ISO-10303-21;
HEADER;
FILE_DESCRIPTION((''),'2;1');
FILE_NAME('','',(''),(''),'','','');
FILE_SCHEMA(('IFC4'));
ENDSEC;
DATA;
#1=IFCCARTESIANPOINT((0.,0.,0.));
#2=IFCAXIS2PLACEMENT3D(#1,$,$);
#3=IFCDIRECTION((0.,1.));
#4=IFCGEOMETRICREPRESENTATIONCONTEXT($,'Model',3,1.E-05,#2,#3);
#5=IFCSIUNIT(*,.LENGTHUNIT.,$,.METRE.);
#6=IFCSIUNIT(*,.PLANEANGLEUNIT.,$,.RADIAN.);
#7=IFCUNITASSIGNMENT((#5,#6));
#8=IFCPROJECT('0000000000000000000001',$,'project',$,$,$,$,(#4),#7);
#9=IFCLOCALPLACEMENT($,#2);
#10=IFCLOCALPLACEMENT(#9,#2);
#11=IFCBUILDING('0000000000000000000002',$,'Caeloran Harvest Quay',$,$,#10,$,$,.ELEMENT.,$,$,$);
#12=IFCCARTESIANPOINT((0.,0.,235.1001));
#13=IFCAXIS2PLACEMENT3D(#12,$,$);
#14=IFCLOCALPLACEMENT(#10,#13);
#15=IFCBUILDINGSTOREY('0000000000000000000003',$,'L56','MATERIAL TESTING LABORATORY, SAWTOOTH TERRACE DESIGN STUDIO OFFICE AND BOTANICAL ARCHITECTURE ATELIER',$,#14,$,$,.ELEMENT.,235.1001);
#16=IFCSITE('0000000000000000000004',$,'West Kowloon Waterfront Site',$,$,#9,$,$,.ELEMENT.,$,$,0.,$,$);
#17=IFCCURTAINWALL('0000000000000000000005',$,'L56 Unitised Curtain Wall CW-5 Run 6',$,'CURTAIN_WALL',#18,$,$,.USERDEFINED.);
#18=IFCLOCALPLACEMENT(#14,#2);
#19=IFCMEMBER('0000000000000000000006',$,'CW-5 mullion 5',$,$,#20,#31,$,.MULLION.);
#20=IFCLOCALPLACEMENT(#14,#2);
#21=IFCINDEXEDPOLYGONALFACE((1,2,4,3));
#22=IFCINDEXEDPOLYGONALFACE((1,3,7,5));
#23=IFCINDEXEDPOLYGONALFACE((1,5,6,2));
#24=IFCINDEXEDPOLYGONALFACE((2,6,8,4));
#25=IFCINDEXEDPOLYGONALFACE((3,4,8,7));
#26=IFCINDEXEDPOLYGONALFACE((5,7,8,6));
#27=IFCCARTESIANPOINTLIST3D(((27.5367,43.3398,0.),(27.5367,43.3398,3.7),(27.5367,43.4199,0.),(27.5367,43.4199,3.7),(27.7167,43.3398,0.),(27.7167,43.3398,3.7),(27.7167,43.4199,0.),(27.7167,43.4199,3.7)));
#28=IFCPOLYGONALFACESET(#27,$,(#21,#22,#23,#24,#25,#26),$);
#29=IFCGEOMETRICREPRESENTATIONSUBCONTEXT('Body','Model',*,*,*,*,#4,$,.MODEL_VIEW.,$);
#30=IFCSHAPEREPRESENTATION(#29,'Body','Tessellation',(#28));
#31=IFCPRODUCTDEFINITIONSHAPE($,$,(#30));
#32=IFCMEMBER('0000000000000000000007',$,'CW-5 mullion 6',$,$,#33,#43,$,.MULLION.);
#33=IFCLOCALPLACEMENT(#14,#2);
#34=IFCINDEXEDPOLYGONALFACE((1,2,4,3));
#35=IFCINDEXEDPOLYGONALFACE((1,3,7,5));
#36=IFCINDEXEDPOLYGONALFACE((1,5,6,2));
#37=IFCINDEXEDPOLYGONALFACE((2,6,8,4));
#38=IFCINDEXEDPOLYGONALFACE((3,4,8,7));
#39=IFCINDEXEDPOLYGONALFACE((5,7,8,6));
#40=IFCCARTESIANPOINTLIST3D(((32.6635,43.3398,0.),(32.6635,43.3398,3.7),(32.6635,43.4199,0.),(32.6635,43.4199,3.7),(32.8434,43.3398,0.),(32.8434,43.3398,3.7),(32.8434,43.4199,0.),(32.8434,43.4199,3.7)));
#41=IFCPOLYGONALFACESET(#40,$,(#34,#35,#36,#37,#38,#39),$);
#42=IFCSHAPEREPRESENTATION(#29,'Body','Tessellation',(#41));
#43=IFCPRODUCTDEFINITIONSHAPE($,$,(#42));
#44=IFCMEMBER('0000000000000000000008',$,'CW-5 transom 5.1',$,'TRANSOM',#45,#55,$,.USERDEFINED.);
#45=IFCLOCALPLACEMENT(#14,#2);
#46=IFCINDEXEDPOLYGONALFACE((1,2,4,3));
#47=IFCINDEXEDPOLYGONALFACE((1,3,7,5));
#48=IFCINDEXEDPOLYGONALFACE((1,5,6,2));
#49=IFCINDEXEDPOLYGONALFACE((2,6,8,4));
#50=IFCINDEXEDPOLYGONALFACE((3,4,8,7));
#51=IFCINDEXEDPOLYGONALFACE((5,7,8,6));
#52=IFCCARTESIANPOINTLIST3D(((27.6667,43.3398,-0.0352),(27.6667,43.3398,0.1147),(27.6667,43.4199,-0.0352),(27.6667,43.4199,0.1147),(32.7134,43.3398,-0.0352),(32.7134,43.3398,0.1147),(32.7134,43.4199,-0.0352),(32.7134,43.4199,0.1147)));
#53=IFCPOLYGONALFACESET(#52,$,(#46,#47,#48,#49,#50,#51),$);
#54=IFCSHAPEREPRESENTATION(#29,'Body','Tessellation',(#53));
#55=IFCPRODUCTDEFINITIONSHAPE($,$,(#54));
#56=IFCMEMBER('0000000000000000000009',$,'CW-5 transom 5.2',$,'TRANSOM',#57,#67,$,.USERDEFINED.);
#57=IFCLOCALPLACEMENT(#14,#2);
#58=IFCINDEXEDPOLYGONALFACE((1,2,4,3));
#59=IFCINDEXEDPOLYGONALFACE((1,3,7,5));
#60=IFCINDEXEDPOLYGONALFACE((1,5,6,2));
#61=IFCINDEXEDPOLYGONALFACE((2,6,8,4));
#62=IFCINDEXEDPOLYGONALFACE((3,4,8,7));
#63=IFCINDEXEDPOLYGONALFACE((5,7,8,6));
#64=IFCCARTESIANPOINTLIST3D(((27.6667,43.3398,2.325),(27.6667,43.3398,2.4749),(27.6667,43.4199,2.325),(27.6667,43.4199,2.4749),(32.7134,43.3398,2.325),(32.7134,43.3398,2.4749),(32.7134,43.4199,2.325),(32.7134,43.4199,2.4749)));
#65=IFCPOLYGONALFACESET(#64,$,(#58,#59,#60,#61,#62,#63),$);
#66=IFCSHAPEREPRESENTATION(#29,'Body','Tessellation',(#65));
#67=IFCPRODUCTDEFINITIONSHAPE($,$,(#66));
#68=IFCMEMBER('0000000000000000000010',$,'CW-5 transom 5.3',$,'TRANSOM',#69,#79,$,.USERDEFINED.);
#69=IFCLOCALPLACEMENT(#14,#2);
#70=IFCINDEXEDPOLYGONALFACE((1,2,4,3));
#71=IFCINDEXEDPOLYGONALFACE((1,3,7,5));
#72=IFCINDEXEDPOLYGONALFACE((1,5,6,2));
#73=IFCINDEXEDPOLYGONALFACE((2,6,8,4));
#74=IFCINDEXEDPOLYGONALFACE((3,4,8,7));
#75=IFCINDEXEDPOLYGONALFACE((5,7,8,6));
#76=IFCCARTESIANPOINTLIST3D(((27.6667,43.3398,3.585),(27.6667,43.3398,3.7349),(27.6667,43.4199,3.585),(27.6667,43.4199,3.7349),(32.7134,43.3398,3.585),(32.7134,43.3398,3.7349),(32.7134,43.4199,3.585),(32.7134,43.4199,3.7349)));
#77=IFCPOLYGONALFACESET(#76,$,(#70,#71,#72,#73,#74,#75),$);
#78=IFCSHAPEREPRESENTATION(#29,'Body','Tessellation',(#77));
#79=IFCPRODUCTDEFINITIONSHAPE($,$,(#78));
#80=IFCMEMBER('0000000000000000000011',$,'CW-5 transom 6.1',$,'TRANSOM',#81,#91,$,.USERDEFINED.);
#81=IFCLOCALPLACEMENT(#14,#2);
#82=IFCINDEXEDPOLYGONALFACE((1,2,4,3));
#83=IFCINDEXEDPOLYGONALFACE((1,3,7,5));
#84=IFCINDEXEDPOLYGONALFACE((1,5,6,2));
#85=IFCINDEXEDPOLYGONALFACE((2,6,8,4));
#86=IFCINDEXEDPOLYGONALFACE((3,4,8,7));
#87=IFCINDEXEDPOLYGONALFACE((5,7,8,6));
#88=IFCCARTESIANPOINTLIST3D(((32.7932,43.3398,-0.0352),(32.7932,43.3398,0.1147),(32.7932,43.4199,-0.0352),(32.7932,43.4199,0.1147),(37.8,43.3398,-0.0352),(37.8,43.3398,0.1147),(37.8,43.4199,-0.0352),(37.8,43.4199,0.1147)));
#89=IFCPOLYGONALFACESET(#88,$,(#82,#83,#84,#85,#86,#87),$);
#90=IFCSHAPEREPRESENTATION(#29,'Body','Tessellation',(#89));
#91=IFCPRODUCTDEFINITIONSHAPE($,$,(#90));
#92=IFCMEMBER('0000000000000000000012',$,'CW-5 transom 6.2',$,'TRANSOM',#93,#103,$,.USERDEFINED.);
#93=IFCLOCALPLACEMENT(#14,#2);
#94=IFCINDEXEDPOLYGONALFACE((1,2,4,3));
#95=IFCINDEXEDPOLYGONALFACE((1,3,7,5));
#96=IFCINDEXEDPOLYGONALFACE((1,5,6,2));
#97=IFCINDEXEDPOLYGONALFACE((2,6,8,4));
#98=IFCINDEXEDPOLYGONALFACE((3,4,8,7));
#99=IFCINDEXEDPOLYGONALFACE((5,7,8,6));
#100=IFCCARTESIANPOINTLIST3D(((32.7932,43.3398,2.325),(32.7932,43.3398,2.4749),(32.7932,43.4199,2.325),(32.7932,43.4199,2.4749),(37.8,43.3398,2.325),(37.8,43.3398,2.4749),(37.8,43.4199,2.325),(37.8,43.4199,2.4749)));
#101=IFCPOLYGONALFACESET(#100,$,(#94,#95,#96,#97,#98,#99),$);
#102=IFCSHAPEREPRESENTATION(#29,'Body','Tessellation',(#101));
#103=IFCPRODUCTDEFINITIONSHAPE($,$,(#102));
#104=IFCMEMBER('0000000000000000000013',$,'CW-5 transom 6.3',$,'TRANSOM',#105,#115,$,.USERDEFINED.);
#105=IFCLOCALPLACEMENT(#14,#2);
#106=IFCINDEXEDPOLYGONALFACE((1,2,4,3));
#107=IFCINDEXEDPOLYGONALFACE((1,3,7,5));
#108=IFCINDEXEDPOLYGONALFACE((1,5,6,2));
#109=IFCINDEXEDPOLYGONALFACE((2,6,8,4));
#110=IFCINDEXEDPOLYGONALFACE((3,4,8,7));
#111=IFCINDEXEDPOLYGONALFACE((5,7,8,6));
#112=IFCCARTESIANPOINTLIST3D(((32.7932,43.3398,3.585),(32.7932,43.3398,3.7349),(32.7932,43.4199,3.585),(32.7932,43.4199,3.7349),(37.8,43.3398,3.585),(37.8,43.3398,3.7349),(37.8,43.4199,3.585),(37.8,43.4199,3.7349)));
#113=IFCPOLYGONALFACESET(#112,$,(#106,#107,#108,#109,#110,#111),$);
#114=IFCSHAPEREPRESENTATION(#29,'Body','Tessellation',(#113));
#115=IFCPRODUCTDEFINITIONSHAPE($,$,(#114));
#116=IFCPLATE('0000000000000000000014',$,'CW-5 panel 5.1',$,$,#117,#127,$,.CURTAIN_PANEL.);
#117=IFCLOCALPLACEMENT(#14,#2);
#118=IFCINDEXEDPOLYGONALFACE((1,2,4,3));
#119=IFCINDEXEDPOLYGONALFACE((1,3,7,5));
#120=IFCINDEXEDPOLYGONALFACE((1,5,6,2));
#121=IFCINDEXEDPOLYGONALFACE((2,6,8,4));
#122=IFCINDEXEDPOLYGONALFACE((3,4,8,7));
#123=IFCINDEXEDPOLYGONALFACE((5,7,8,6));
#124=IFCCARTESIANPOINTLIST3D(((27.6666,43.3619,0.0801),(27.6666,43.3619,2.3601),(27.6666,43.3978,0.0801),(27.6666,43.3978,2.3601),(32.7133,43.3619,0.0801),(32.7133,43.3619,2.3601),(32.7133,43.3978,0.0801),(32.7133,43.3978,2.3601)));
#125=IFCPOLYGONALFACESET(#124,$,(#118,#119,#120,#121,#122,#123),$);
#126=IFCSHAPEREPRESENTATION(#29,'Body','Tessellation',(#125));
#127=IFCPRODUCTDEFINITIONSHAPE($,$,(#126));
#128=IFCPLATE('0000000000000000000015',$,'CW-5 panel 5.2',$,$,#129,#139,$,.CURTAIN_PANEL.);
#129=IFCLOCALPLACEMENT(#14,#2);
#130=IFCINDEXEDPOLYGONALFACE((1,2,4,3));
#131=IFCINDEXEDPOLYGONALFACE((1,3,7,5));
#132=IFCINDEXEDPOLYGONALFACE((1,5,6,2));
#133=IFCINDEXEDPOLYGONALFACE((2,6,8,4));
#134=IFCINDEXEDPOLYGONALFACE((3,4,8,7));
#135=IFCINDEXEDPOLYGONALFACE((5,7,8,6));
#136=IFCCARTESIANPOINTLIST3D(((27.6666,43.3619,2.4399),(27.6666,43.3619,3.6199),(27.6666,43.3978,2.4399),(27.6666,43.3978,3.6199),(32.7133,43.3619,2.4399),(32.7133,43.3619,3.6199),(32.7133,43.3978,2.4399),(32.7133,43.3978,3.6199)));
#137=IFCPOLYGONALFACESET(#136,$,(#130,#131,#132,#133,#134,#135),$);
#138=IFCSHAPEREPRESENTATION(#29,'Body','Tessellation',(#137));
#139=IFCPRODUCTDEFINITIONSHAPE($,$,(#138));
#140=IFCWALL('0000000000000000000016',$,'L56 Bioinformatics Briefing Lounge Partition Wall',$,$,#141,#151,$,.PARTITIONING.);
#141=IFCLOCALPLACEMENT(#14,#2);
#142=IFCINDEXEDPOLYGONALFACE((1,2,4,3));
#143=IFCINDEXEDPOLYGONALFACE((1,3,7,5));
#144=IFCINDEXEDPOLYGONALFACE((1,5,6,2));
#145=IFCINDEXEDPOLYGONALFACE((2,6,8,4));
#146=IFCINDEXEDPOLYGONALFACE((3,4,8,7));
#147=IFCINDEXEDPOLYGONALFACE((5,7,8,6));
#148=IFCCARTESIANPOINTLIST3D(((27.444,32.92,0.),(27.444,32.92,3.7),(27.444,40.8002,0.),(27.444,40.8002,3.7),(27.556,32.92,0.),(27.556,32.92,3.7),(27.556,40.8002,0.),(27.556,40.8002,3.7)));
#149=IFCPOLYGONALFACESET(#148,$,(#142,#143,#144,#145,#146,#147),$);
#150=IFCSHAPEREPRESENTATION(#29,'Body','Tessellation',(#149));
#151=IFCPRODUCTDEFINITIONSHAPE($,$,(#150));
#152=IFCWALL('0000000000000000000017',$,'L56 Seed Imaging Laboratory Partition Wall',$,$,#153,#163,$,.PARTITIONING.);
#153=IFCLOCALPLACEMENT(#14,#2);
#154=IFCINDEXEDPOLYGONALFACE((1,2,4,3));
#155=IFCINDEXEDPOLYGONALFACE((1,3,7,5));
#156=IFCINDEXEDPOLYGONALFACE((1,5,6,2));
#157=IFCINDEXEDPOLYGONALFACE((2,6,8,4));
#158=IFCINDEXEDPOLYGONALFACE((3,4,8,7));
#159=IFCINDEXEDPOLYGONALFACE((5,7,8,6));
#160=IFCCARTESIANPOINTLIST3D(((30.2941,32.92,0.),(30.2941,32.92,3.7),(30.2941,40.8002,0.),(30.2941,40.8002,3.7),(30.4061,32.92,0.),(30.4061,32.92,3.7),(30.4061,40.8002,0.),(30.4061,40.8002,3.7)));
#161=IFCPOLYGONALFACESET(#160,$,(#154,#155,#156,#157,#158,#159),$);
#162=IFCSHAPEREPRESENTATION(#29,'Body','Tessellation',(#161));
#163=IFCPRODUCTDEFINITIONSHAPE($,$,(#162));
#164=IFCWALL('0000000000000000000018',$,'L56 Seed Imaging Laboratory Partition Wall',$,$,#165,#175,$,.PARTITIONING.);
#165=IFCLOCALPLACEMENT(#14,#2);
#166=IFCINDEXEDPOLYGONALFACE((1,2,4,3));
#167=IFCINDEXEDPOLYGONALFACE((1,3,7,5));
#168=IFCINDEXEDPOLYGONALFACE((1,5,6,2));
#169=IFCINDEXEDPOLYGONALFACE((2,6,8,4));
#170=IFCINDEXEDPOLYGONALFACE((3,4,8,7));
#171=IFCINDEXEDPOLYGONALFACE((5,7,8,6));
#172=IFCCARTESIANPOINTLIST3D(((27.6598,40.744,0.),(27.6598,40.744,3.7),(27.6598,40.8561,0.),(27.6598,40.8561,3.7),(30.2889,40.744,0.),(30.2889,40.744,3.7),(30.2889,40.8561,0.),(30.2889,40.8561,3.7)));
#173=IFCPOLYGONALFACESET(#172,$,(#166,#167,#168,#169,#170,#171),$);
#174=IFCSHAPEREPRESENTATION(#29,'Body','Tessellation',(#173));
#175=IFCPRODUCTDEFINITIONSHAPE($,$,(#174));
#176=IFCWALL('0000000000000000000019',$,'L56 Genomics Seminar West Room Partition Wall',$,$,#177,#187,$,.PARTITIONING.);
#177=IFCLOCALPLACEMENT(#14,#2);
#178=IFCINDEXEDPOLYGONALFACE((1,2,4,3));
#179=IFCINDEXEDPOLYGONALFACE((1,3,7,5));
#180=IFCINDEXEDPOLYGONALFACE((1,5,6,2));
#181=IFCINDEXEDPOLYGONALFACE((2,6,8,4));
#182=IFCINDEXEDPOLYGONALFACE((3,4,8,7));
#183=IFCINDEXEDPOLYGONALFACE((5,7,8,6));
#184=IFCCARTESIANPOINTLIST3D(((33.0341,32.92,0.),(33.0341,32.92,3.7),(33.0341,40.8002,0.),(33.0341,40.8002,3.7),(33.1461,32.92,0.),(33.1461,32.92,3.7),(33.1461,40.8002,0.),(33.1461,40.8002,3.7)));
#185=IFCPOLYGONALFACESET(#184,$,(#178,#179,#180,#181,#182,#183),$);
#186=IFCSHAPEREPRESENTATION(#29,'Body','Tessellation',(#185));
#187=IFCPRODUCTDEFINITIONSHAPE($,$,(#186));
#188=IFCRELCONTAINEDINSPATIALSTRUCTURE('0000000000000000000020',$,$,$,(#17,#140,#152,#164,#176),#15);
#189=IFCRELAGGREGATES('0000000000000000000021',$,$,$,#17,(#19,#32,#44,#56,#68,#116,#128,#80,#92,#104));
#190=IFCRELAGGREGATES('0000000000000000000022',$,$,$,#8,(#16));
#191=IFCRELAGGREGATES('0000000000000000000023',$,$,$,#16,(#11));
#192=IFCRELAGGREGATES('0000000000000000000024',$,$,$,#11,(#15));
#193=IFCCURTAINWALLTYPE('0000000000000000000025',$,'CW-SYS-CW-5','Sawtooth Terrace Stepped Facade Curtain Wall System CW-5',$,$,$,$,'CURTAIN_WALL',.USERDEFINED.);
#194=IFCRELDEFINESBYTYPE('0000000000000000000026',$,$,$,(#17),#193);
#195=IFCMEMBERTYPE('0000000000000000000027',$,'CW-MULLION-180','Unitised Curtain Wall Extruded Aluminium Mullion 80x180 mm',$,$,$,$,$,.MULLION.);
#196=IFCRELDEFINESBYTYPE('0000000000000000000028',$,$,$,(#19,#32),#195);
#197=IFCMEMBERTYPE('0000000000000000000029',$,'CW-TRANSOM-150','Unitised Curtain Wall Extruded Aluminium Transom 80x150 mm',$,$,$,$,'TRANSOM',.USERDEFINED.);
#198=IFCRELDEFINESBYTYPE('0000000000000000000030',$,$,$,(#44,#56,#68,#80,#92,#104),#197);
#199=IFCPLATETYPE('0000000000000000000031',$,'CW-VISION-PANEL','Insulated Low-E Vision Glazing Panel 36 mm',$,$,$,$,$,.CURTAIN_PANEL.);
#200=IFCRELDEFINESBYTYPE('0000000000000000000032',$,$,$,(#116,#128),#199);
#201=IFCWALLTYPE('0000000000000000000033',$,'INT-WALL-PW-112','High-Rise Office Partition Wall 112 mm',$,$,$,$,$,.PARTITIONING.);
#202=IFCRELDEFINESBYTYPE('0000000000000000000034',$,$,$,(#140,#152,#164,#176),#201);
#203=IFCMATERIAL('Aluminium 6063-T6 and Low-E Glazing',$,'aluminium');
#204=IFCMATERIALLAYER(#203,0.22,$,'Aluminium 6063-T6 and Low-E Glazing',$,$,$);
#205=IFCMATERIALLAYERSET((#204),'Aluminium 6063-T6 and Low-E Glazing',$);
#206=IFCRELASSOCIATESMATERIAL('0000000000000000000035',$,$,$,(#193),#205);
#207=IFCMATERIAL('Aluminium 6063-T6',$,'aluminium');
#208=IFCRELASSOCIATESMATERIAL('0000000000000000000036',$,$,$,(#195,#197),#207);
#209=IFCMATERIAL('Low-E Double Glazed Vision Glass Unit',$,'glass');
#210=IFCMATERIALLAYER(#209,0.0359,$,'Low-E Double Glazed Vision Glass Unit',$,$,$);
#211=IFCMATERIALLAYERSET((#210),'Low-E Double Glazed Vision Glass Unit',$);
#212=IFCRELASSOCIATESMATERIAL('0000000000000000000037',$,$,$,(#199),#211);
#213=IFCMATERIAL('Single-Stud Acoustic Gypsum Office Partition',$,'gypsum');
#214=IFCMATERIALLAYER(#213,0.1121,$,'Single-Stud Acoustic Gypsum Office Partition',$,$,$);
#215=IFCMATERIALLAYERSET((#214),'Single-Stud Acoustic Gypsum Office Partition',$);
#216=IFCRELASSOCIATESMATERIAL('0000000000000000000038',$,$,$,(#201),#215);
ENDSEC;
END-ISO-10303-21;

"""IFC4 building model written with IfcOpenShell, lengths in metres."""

from ifc_helpers import new_model, si_unit, direction, frame, frame_2d, origin, origin_2d, place, context, subcontext, project, spatial, rectangle, extrude, material, layer, layer_set, material_profile, profile_set, type_object, element, aggregate, save


model = new_model("IFC4")

# Units and contexts
model_context = context("Model", 3, precision=1e-05, world=origin(), true_north=direction((0.0, 1.0)))
body_context = subcontext(model_context, "Body", "Model", "MODEL_VIEW")
ifc_project = project(units=[si_unit("LENGTHUNIT", "METRE"), si_unit("PLANEANGLEUNIT", "RADIAN")], contexts=[model_context])

# Site, building, storey
site_placement = place(None, origin())
site = spatial("IfcSite", under=ifc_project, at=site_placement, Name="West Kowloon Waterfront Site", CompositionType="ELEMENT", RefElevation=0.0)
building_placement = place(site_placement, origin())
building = spatial("IfcBuilding", under=site, at=building_placement, Name="Caeloran Harvest Quay", CompositionType="ELEMENT")
storey_placement = place(building_placement, frame((0.0, 0.0, 235.1001)))
storey = spatial("IfcBuildingStorey", under=building, at=storey_placement, Name="L56", Description="MATERIAL TESTING LABORATORY, SAWTOOTH TERRACE DESIGN STUDIO OFFICE AND BOTANICAL ARCHITECTURE ATELIER", CompositionType="ELEMENT", Elevation=235.1001)

# Curtain wall, members, plates
ifc_material_1 = material(Name="Aluminium 6063-T6 and Low-E Glazing", Category="aluminium")
ifc_layer_1 = layer(ifc_material_1, 0.22, Name="Aluminium 6063-T6 and Low-E Glazing")
ifc_layer_set_1 = layer_set([ifc_layer_1], Name="Aluminium 6063-T6 and Low-E Glazing")
curtain_wall_type = type_object("IfcCurtainWallType", Name="CW-SYS-CW-5", Description="Sawtooth Terrace Stepped Facade Curtain Wall System CW-5", ElementType="CURTAIN_WALL", PredefinedType="USERDEFINED", material=ifc_layer_set_1)
curtain_wall_placement = place(storey_placement, origin())
curtain_wall = element("IfcCurtainWall", 1, at=curtain_wall_placement, inside=storey, type_object=curtain_wall_type, Name="L56 Unitised Curtain Wall CW-5 Run 6", ObjectType="CURTAIN_WALL", PredefinedType="USERDEFINED")
ifc_material_2 = material(Name="Aluminium 6063-T6", Category="aluminium")
ifc_material_profile_1 = material_profile(ifc_material_2, rectangle(XDim=0.0801, YDim=0.1799, at=origin_2d()), Name="CW-MULLION-180")
ifc_profile_set_1 = profile_set([ifc_material_profile_1], Name="Aluminium 6063-T6")
member_type_1 = type_object("IfcMemberType", Name="CW-MULLION-180", Description="Unitised Curtain Wall Extruded Aluminium Mullion 80x180 mm", PredefinedType="MULLION", material=ifc_profile_set_1)
member_1_placement = place(storey_placement, frame((27.6267, 43.3799, 0.0), z_axis=(0.0, 0.0, 1.0), x_axis=(0.0, 1.0, 0.0)))
member_1 = element("IfcMember", 2, at=member_1_placement, type_object=member_type_1, Name="CW-5 mullion 5", PredefinedType="MULLION", context=body_context, shape_type="SweptSolid", body=[
    extrude(rectangle(XDim=0.0801, YDim=0.1799, at=origin_2d()), origin(), (0.0, 0.0, 1.0), 3.7),
])
member_2_placement = place(storey_placement, frame((32.7534, 43.3799, 0.0), z_axis=(0.0, 0.0, 1.0), x_axis=(0.0, 1.0, 0.0)))
member_2 = element("IfcMember", 3, at=member_2_placement, type_object=member_type_1, Name="CW-5 mullion 6", PredefinedType="MULLION", context=body_context, shape_type="SweptSolid", body=[
    extrude(rectangle(XDim=0.0801, YDim=0.1799, at=origin_2d()), origin(), (0.0, 0.0, 1.0), 3.7),
])
ifc_material_profile_2 = material_profile(ifc_material_2, rectangle(XDim=0.0801, YDim=0.1499, at=origin_2d()), Name="CW-TRANSOM-150")
ifc_profile_set_2 = profile_set([ifc_material_profile_2], Name="Aluminium 6063-T6")
member_type_2 = type_object("IfcMemberType", Name="CW-TRANSOM-150", Description="Unitised Curtain Wall Extruded Aluminium Transom 80x150 mm", ElementType="TRANSOM", PredefinedType="USERDEFINED", material=ifc_profile_set_2)
member_3_placement = place(storey_placement, frame((27.6667, 43.3799, 0.0398), z_axis=(1.0, 0.0, 0.0), x_axis=(0.0, 1.0, 0.0)))
member_3 = element("IfcMember", 4, at=member_3_placement, type_object=member_type_2, Name="CW-5 transom 5.1", ObjectType="TRANSOM", PredefinedType="USERDEFINED", context=body_context, shape_type="SweptSolid", body=[
    extrude(rectangle(XDim=0.0801, YDim=0.1499, at=origin_2d()), origin(), (0.0, 0.0, 1.0), 5.0466),
])
member_4_placement = place(storey_placement, frame((27.6667, 43.3799, 2.3999), z_axis=(1.0, 0.0, 0.0), x_axis=(0.0, 1.0, 0.0)))
member_4 = element("IfcMember", 5, at=member_4_placement, type_object=member_type_2, Name="CW-5 transom 5.2", ObjectType="TRANSOM", PredefinedType="USERDEFINED", context=body_context, shape_type="SweptSolid", body=[
    extrude(rectangle(XDim=0.0801, YDim=0.1499, at=origin_2d()), origin(), (0.0, 0.0, 1.0), 5.0466),
])
member_5_placement = place(storey_placement, frame((27.6667, 43.3799, 3.6599), z_axis=(1.0, 0.0, 0.0), x_axis=(0.0, 1.0, 0.0)))
member_5 = element("IfcMember", 6, at=member_5_placement, type_object=member_type_2, Name="CW-5 transom 5.3", ObjectType="TRANSOM", PredefinedType="USERDEFINED", context=body_context, shape_type="SweptSolid", body=[
    extrude(rectangle(XDim=0.0801, YDim=0.1499, at=origin_2d()), origin(), (0.0, 0.0, 1.0), 5.0466),
])
member_6_placement = place(storey_placement, frame((32.7932, 43.3799, 0.0398), z_axis=(1.0, 0.0, 0.0), x_axis=(0.0, 1.0, 0.0)))
member_6 = element("IfcMember", 7, at=member_6_placement, type_object=member_type_2, Name="CW-5 transom 6.1", ObjectType="TRANSOM", PredefinedType="USERDEFINED", context=body_context, shape_type="SweptSolid", body=[
    extrude(rectangle(XDim=0.0801, YDim=0.1499, at=origin_2d()), origin(), (0.0, 0.0, 1.0), 5.0068),
])
member_7_placement = place(storey_placement, frame((32.7932, 43.3799, 2.3999), z_axis=(1.0, 0.0, 0.0), x_axis=(0.0, 1.0, 0.0)))
member_7 = element("IfcMember", 8, at=member_7_placement, type_object=member_type_2, Name="CW-5 transom 6.2", ObjectType="TRANSOM", PredefinedType="USERDEFINED", context=body_context, shape_type="SweptSolid", body=[
    extrude(rectangle(XDim=0.0801, YDim=0.1499, at=origin_2d()), origin(), (0.0, 0.0, 1.0), 5.0068),
])
member_8_placement = place(storey_placement, frame((32.7932, 43.3799, 3.6599), z_axis=(1.0, 0.0, 0.0), x_axis=(0.0, 1.0, 0.0)))
member_8 = element("IfcMember", 9, at=member_8_placement, type_object=member_type_2, Name="CW-5 transom 6.3", ObjectType="TRANSOM", PredefinedType="USERDEFINED", context=body_context, shape_type="SweptSolid", body=[
    extrude(rectangle(XDim=0.0801, YDim=0.1499, at=origin_2d()), origin(), (0.0, 0.0, 1.0), 5.0068),
])
ifc_material_3 = material(Name="Low-E Double Glazed Vision Glass Unit", Category="glass")
ifc_layer_2 = layer(ifc_material_3, 0.0359, Name="Low-E Double Glazed Vision Glass Unit")
ifc_layer_set_2 = layer_set([ifc_layer_2], Name="Low-E Double Glazed Vision Glass Unit")
plate_type = type_object("IfcPlateType", Name="CW-VISION-PANEL", Description="Insulated Low-E Vision Glazing Panel 36 mm", PredefinedType="CURTAIN_PANEL", material=ifc_layer_set_2)
plate_1_placement = place(storey_placement, frame((30.1899, 43.3799, 0.0801), z_axis=(0.0, 0.0, 1.0), x_axis=(1.0, 0.0, 0.0)))
plate_1 = element("IfcPlate", 10, at=plate_1_placement, type_object=plate_type, Name="CW-5 panel 5.1", PredefinedType="CURTAIN_PANEL", context=body_context, shape_type="SweptSolid", body=[
    extrude(rectangle(XDim=5.0466, YDim=0.0359, at=origin_2d()), origin(), (0.0, 0.0, 1.0), 2.28),
])
plate_2_placement = place(storey_placement, frame((30.1899, 43.3799, 2.4399), z_axis=(0.0, 0.0, 1.0), x_axis=(1.0, 0.0, 0.0)))
plate_2 = element("IfcPlate", 11, at=plate_2_placement, type_object=plate_type, Name="CW-5 panel 5.2", PredefinedType="CURTAIN_PANEL", context=body_context, shape_type="SweptSolid", body=[
    extrude(rectangle(XDim=5.0466, YDim=0.0359, at=origin_2d()), origin(), (0.0, 0.0, 1.0), 1.1799),
])
aggregate(curtain_wall, [member_1, member_2, member_3, member_4, member_5, plate_1, plate_2, member_6, member_7, member_8])

# Walls
ifc_material_4 = material(Name="Single-Stud Acoustic Gypsum Office Partition", Category="gypsum")
ifc_layer_3 = layer(ifc_material_4, 0.1121, Name="Single-Stud Acoustic Gypsum Office Partition")
ifc_layer_set_3 = layer_set([ifc_layer_3], Name="Single-Stud Acoustic Gypsum Office Partition")
wall_type = type_object("IfcWallType", Name="INT-WALL-PW-112", Description="High-Rise Office Partition Wall 112 mm", PredefinedType="PARTITIONING", material=ifc_layer_set_3)
for number, where, z_axis, x_axis, name in (
    (12, (27.5, 40.8, 0.0), (0.0, 0.0, 1.0), (0.0, -1.0, 0.0), "L56 Bioinformatics Briefing Lounge Partition Wall"),
    (13, (30.3501, 40.8, 0.0), (0.0, 0.0, 1.0), (0.0, -1.0, 0.0), "L56 Seed Imaging Laboratory Partition Wall"),
):
    element("IfcWall", number, at=place(storey_placement, frame(where, z_axis=z_axis, x_axis=x_axis)), inside=storey, type_object=wall_type, Name=name, PredefinedType="PARTITIONING", context=body_context, shape_type="SweptSolid", body=[
        extrude(rectangle(XDim=7.8801, YDim=0.1121, at=frame_2d((3.9399, 0.0))), origin(), (0.0, 0.0, 1.0), 3.7),
    ])
wall_1_placement = place(storey_placement, frame((27.6599, 40.8, 0.0), z_axis=(0.0, 0.0, 1.0), x_axis=(1.0, 0.0, 0.0)))
element("IfcWall", 14, at=wall_1_placement, inside=storey, type_object=wall_type, Name="L56 Seed Imaging Laboratory Partition Wall", PredefinedType="PARTITIONING", context=body_context, shape_type="SweptSolid", body=[
    extrude(rectangle(XDim=2.6292, YDim=0.1121, at=frame_2d((1.3145, 0.0))), origin(), (0.0, 0.0, 1.0), 3.7),
])
wall_2_placement = place(storey_placement, frame((33.0901, 40.8, 0.0), z_axis=(0.0, 0.0, 1.0), x_axis=(0.0, -1.0, 0.0)))
element("IfcWall", 15, at=wall_2_placement, inside=storey, type_object=wall_type, Name="L56 Genomics Seminar West Room Partition Wall", PredefinedType="PARTITIONING", context=body_context, shape_type="SweptSolid", body=[
    extrude(rectangle(XDim=7.8801, YDim=0.1121, at=frame_2d((3.9399, 0.0))), origin(), (0.0, 0.0, 1.0), 3.7),
])

save(model, "model.ifc")
